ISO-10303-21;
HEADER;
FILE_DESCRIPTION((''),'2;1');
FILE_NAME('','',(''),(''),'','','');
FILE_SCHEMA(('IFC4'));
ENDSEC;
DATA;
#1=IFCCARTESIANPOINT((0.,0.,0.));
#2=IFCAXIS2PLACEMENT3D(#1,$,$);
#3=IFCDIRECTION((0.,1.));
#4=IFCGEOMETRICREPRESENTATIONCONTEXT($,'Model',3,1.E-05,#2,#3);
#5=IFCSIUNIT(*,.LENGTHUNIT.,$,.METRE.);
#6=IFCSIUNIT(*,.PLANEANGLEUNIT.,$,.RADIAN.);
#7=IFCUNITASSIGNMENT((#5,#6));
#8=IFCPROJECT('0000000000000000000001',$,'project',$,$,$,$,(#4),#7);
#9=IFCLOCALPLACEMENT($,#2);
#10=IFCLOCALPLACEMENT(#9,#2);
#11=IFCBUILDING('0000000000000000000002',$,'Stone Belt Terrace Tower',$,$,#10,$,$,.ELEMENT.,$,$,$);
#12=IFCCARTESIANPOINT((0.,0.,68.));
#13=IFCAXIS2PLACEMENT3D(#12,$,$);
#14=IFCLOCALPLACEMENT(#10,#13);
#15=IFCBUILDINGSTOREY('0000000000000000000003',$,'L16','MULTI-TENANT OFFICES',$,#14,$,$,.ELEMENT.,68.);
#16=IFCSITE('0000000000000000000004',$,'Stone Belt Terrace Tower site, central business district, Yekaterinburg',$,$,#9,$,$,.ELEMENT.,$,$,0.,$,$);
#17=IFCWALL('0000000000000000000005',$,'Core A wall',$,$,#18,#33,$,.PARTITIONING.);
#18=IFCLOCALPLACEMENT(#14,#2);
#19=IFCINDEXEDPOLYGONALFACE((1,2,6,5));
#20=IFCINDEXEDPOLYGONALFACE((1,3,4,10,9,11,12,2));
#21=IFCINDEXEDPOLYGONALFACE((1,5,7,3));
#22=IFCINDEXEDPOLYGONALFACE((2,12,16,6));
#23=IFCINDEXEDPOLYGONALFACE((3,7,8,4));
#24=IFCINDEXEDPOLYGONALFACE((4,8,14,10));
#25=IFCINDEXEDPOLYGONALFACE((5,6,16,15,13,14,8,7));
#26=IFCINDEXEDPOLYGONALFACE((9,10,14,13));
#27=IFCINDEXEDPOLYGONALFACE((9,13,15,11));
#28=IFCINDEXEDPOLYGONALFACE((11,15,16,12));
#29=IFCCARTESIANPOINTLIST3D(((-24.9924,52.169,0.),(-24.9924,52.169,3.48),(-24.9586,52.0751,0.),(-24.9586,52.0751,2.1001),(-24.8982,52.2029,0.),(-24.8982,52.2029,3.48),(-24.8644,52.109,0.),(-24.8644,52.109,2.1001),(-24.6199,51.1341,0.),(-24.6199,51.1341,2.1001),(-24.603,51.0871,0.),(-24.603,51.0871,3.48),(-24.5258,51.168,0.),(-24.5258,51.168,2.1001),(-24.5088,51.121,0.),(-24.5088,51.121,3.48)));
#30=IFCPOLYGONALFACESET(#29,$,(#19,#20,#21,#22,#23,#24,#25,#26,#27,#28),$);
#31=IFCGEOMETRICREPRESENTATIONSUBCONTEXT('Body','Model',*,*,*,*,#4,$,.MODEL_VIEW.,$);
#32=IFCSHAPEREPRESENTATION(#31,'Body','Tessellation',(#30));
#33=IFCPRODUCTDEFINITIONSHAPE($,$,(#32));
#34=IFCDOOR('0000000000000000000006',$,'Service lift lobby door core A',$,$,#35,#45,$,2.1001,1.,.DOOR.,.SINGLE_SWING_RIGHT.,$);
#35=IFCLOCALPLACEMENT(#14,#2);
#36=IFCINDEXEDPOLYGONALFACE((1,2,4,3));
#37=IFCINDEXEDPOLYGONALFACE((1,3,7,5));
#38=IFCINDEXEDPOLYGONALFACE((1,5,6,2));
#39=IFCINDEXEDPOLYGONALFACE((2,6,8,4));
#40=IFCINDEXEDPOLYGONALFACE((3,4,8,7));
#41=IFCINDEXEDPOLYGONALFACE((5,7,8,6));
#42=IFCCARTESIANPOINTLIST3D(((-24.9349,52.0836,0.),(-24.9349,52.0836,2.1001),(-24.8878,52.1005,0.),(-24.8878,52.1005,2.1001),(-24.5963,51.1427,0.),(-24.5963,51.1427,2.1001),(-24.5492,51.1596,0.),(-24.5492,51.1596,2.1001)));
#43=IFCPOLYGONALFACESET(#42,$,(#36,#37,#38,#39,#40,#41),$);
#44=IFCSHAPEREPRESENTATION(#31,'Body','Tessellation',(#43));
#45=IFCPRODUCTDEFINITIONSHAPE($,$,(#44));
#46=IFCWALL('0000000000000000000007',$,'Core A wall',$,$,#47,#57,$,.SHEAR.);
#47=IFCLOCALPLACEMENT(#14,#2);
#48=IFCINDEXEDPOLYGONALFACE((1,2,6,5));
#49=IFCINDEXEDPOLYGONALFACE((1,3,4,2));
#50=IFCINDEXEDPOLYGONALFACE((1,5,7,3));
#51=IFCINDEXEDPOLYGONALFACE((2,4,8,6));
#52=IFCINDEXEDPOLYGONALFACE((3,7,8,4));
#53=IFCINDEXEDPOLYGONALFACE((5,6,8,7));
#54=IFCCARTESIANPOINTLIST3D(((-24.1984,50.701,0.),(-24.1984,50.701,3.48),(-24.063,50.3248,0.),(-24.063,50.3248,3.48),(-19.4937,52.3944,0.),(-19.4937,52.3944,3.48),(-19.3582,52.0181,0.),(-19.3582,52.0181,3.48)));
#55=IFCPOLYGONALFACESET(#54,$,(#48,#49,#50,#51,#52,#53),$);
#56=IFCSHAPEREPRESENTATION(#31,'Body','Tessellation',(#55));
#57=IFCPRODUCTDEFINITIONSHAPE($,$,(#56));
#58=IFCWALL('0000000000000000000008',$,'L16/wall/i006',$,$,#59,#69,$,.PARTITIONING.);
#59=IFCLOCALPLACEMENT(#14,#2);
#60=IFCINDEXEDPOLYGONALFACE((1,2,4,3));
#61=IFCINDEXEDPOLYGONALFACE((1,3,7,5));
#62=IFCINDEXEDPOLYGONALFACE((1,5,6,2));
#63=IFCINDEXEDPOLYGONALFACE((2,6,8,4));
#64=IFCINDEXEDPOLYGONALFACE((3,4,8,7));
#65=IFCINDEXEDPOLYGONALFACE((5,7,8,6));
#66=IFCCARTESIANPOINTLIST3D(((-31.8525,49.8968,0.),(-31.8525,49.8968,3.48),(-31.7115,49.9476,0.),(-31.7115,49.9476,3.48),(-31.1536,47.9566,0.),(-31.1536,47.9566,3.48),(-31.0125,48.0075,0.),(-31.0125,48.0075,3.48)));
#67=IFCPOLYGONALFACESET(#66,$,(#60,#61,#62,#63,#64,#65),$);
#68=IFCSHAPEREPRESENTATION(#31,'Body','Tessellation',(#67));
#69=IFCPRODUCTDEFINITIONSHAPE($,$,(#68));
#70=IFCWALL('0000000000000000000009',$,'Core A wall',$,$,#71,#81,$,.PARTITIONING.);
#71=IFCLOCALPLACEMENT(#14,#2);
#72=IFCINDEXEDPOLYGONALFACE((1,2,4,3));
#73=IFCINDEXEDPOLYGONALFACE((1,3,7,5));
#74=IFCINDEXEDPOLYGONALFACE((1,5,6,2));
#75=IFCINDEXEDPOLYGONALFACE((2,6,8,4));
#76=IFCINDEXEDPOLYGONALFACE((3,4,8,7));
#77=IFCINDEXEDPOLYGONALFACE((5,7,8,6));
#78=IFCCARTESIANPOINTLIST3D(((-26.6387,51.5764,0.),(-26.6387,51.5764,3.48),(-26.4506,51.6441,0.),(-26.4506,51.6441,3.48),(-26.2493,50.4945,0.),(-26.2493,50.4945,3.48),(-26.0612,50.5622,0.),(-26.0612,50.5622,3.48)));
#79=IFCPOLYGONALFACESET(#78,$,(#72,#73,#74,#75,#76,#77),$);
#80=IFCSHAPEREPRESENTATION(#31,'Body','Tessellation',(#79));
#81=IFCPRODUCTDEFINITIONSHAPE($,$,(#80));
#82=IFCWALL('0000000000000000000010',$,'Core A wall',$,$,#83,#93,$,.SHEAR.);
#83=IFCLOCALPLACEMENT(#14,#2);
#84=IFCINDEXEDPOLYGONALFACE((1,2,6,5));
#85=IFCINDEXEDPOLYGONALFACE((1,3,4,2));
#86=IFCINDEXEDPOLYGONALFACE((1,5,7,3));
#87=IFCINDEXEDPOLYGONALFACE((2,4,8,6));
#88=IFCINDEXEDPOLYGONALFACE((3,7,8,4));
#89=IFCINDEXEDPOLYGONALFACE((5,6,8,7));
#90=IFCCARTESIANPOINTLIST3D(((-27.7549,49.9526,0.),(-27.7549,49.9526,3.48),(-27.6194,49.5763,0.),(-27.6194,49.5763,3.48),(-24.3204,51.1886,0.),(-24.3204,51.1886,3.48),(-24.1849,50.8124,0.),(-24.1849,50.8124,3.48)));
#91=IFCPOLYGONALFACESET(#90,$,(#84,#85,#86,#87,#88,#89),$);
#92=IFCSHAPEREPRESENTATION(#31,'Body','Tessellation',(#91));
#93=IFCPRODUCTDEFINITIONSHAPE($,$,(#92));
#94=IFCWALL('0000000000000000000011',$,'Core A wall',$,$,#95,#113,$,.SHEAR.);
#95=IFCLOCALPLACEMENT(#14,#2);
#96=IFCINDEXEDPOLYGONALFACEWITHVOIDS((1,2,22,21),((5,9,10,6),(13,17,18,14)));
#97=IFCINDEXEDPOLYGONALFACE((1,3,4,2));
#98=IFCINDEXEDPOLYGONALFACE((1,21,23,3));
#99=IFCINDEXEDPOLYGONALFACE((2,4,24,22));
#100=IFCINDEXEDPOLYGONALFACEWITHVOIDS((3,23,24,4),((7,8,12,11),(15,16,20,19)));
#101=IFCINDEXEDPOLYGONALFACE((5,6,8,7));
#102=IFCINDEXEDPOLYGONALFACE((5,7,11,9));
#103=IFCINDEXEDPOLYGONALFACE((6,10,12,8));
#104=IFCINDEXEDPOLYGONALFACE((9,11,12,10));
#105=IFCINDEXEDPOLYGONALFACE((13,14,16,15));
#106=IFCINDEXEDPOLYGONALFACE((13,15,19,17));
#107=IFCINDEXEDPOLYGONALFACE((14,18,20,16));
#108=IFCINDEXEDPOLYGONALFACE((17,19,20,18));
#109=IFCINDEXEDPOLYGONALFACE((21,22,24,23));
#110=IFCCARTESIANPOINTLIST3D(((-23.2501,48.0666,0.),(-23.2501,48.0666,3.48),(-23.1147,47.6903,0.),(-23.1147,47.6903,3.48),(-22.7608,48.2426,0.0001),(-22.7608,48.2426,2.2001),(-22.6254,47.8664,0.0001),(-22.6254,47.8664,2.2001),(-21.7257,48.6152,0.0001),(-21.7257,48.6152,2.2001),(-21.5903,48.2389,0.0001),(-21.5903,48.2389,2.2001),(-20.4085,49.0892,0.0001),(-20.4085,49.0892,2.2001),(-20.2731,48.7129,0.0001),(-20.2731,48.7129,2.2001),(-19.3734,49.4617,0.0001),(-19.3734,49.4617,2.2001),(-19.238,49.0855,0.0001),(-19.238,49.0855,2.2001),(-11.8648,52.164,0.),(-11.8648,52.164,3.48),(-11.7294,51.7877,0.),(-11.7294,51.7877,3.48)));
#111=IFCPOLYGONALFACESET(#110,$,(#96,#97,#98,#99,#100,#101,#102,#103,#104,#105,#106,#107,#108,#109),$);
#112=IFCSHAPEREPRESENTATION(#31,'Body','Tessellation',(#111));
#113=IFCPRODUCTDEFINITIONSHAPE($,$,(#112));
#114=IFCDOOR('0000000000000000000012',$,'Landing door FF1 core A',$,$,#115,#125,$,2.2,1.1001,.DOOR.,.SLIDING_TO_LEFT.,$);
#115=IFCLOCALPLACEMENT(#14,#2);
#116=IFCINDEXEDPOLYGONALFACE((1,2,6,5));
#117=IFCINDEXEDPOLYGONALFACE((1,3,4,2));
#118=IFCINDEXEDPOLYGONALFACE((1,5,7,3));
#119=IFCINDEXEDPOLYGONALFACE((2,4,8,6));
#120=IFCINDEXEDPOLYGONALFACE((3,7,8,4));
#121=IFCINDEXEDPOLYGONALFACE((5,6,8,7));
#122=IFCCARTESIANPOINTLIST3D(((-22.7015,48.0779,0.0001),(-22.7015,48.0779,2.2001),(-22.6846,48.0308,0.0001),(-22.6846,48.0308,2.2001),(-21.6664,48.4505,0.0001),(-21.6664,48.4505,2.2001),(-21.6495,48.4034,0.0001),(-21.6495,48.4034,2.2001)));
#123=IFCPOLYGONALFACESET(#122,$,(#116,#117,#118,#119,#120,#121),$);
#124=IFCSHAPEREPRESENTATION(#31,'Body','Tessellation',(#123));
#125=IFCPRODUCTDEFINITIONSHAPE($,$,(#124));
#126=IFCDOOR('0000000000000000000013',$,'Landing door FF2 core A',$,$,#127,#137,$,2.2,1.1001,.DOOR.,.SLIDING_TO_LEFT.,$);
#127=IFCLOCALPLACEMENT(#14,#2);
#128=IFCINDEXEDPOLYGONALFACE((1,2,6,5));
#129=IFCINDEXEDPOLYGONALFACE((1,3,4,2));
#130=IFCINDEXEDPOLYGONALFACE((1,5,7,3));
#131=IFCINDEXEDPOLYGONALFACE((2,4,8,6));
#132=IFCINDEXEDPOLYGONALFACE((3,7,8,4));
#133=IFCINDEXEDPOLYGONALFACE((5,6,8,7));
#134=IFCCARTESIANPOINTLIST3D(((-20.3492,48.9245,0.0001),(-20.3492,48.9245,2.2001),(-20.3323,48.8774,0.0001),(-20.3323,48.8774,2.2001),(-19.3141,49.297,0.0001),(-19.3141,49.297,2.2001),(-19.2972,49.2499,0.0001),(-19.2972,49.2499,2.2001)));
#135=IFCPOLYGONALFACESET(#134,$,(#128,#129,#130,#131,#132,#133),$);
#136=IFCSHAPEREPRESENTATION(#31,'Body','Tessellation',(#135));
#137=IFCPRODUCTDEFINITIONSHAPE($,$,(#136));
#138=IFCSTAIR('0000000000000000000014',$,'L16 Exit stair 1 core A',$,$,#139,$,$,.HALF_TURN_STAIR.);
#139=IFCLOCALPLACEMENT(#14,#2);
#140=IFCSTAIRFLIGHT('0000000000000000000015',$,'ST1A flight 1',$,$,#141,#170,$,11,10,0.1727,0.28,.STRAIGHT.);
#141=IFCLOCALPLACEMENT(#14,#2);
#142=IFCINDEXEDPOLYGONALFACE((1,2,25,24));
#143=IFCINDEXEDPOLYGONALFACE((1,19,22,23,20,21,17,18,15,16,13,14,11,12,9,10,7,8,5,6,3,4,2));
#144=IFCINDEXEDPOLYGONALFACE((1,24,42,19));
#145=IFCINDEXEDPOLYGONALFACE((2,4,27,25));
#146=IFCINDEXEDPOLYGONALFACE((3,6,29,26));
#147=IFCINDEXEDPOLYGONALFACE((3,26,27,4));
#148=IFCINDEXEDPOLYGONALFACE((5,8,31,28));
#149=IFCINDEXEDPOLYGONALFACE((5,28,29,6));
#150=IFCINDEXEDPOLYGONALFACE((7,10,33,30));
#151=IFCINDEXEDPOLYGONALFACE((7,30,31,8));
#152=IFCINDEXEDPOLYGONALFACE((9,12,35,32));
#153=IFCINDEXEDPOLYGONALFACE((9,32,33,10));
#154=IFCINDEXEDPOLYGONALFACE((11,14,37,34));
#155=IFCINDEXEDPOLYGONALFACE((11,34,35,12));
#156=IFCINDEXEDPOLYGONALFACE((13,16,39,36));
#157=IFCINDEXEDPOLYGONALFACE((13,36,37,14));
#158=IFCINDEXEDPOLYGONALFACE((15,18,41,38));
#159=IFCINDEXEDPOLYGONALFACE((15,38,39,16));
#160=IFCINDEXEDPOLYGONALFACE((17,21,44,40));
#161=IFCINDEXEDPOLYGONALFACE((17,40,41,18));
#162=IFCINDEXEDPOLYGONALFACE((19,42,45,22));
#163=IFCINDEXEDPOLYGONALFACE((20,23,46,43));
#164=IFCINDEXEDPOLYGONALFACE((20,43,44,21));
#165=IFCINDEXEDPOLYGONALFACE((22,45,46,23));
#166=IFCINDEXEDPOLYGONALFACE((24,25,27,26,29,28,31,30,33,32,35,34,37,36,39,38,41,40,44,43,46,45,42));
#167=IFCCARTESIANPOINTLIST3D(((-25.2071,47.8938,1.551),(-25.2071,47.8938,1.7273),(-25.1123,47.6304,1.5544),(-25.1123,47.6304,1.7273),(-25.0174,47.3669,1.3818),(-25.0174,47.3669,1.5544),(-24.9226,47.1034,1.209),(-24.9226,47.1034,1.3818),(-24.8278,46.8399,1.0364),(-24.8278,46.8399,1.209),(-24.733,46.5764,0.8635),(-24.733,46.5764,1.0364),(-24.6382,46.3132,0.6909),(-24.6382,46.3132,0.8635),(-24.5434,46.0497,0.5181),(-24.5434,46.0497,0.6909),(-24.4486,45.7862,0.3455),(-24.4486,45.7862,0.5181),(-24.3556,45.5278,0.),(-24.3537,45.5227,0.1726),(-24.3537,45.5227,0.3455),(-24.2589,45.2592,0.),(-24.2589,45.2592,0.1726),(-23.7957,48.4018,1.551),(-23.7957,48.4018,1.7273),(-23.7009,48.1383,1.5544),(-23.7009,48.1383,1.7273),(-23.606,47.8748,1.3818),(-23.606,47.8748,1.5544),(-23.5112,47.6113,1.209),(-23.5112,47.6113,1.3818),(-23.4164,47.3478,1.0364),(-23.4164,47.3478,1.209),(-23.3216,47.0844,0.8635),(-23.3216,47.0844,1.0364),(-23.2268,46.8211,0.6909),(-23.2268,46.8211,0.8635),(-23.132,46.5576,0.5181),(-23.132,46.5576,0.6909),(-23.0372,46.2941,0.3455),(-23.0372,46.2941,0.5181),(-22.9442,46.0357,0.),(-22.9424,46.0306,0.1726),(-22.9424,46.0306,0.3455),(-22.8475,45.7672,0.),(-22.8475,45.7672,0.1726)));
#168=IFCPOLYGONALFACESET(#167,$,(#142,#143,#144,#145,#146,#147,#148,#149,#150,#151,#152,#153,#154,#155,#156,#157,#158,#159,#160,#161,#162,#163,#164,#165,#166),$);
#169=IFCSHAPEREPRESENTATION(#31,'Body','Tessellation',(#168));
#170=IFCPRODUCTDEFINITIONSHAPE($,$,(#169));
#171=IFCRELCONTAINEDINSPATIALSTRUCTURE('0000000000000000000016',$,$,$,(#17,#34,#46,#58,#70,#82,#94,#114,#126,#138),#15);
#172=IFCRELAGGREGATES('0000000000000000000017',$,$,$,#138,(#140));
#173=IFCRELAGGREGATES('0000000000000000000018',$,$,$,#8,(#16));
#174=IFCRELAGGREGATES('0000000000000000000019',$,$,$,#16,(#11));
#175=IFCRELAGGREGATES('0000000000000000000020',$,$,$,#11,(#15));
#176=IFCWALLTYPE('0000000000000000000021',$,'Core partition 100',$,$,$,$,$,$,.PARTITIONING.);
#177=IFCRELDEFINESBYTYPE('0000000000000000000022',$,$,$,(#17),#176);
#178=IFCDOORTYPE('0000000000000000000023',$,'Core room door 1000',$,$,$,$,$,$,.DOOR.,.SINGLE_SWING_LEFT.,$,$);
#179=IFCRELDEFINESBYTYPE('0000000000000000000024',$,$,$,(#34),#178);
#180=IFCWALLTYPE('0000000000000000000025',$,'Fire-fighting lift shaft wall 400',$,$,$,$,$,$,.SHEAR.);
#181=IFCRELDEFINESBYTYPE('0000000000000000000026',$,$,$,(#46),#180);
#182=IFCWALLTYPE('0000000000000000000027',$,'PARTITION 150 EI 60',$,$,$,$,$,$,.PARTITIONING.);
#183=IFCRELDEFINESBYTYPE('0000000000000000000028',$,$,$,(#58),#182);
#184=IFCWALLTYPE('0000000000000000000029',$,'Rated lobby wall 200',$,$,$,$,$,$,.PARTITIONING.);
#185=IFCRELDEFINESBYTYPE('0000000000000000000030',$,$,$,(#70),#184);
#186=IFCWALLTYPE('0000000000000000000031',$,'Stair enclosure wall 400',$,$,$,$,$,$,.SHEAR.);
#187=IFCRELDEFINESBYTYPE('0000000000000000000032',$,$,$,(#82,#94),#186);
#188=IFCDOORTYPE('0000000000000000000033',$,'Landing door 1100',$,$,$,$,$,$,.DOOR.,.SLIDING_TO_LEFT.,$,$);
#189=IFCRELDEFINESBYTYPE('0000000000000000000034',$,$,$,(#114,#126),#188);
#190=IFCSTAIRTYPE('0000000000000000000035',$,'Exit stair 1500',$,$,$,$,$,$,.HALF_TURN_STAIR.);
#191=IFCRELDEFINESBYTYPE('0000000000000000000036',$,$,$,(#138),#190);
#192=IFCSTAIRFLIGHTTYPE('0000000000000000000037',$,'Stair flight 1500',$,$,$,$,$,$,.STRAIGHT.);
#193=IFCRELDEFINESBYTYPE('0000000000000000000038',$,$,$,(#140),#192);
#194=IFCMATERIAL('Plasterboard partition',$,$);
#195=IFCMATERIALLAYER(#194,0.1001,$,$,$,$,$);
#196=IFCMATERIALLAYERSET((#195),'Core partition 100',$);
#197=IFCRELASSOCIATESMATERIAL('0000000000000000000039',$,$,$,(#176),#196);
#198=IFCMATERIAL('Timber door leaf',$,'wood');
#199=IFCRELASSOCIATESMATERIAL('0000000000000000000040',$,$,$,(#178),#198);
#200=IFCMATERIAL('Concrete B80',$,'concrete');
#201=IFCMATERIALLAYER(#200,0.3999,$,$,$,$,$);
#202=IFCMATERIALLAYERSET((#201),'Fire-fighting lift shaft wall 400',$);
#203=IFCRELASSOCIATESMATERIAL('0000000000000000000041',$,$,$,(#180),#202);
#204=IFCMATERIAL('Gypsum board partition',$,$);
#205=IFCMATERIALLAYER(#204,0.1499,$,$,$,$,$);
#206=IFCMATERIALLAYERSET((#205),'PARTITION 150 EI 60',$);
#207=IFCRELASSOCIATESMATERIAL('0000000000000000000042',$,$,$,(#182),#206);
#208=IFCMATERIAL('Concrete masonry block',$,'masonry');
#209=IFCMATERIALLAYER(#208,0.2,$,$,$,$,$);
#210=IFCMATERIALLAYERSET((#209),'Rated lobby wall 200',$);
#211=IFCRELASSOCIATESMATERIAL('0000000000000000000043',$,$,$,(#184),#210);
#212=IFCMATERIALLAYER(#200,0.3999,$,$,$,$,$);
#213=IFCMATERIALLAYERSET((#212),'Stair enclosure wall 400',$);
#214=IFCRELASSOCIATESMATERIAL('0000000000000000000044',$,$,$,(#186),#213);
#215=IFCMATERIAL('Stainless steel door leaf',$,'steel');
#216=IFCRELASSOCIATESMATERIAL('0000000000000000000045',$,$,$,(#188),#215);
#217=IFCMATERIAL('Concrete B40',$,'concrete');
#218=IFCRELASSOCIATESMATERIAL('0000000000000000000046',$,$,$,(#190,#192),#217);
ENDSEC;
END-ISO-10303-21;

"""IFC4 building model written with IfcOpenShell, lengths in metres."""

from ifc_helpers import new_model, si_unit, direction, frame, frame_2d, origin, place, context, subcontext, project, spatial, polyline, rectangle, outline, extrude, material, layer, layer_set, type_object, element, fill, aggregate, save


model = new_model("IFC4")

# Units and contexts
model_context = context("Model", 3, precision=1e-05, world=origin(), true_north=direction((0.0, 1.0)))
body_context = subcontext(model_context, "Body", "Model", "MODEL_VIEW")
ifc_project = project(units=[si_unit("LENGTHUNIT", "METRE"), si_unit("PLANEANGLEUNIT", "RADIAN")], contexts=[model_context])

# Site, building, storey
site_placement = place(None, origin())
site = spatial("IfcSite", under=ifc_project, at=site_placement, Name="Stone Belt Terrace Tower site, central business district, Yekaterinburg", CompositionType="ELEMENT", RefElevation=0.0)
building_placement = place(site_placement, origin())
building = spatial("IfcBuilding", under=site, at=building_placement, Name="Stone Belt Terrace Tower", CompositionType="ELEMENT")
storey_placement = place(building_placement, frame((0.0, 0.0, 68.0)))
storey = spatial("IfcBuildingStorey", under=building, at=storey_placement, Name="L16", Description="MULTI-TENANT OFFICES", CompositionType="ELEMENT", Elevation=68.0)

# Wall, opening, door
ifc_material_1 = material(Name="Plasterboard partition")
ifc_layer_1 = layer(ifc_material_1, 0.1001)
ifc_layer_set_1 = layer_set([ifc_layer_1], Name="Core partition 100")
wall_type_1 = type_object("IfcWallType", Name="Core partition 100", PredefinedType="PARTITIONING", material=ifc_layer_set_1)
wall_1_placement = place(storey_placement, frame((-24.5559, 51.104, 0.0), z_axis=(0.0, 0.0, 1.0), x_axis=(-0.338622, 0.940923, 0.0)))
wall_1 = element("IfcWall", 1, at=wall_1_placement, inside=storey, type_object=wall_type_1, Name="Core A wall", PredefinedType="PARTITIONING", context=body_context, shape_type="SweptSolid", body=[
    extrude(rectangle(XDim=1.1499, YDim=0.1001, at=frame_2d((0.575, 0.0))), origin(), (0.0, 0.0, 1.0), 3.48),
])
opening_1_placement = place(wall_1_placement, frame((0.05, 0.0, 0.0)))
opening_1 = element("IfcOpeningElement", 2, at=opening_1_placement, cuts=wall_1, PredefinedType="OPENING", context=body_context, shape_type="SweptSolid", body=[
    extrude(rectangle(XDim=1.0, YDim=2.1001, at=frame_2d((0.5, 1.05))), frame((0.0, 0.0601, 0.0), z_axis=(0.0, -1.0, 0.0), x_axis=(1.0, 0.0, 0.0)), (0.0, 0.0, 1.0), 0.1201),
])
ifc_material_2 = material(Name="Timber door leaf", Category="wood")
door_type_1 = type_object("IfcDoorType", Name="Core room door 1000", OperationType="SINGLE_SWING_LEFT", PredefinedType="DOOR", material=ifc_material_2)
door_1_placement = place(opening_1_placement, origin())
door_1 = element("IfcDoor", 3, at=door_1_placement, inside=storey, type_object=door_type_1, Name="Service lift lobby door core A", OperationType="SINGLE_SWING_RIGHT", OverallHeight=2.1001, OverallWidth=1.0, PredefinedType="DOOR", context=body_context, shape_type="SweptSolid", body=[
    extrude(rectangle(XDim=1.0, YDim=2.1001, at=frame_2d((0.5, 1.05))), frame((0.0, 0.0249, 0.0), z_axis=(0.0, -1.0, 0.0), x_axis=(1.0, 0.0, 0.0)), (0.0, 0.0, 1.0), 0.05),
])
fill(opening_1, door_1)

# Walls
ifc_material_3 = material(Name="Concrete B80", Category="concrete")
ifc_layer_2 = layer(ifc_material_3, 0.3999)
ifc_layer_set_2 = layer_set([ifc_layer_2], Name="Fire-fighting lift shaft wall 400")
wall_type_2 = type_object("IfcWallType", Name="Fire-fighting lift shaft wall 400", PredefinedType="SHEAR", material=ifc_layer_set_2)
wall_2_placement = place(storey_placement, frame((-24.1306, 50.5129, 0.0), z_axis=(0.0, 0.0, 1.0), x_axis=(0.940912, 0.338652, 0.0)))
element("IfcWall", 4, at=wall_2_placement, inside=storey, type_object=wall_type_2, Name="Core A wall", PredefinedType="SHEAR", context=body_context, shape_type="SweptSolid", body=[
    extrude(rectangle(XDim=5.0002, YDim=0.3999, at=frame_2d((2.5, 0.0))), origin(), (0.0, 0.0, 1.0), 3.48),
])
ifc_material_4 = material(Name="Gypsum board partition")
ifc_layer_3 = layer(ifc_material_4, 0.1499)
ifc_layer_set_3 = layer_set([ifc_layer_3], Name="PARTITION 150 EI 60")
wall_type_3 = type_object("IfcWallType", Name="PARTITION 150 EI 60", PredefinedType="PARTITIONING", material=ifc_layer_set_3)
wall_3_placement = place(storey_placement, frame((-31.083, 47.9819, 0.0), z_axis=(0.0, 0.0, 1.0), x_axis=(-0.338937, 0.940809, 0.0)))
element("IfcWall", 5, at=wall_3_placement, inside=storey, type_object=wall_type_3, Name="L16/wall/i006", PredefinedType="PARTITIONING", context=body_context, shape_type="SweptSolid", body=[
    extrude(rectangle(XDim=2.0623, YDim=0.1499, at=frame_2d((1.0312, 0.0))), origin(), (0.0, 0.0, 1.0), 3.48),
])
ifc_material_5 = material(Name="Concrete masonry block", Category="masonry")
ifc_layer_4 = layer(ifc_material_5, 0.2)
ifc_layer_set_4 = layer_set([ifc_layer_4], Name="Rated lobby wall 200")
wall_type_4 = type_object("IfcWallType", Name="Rated lobby wall 200", PredefinedType="PARTITIONING", material=ifc_layer_set_4)
wall_4_placement = place(storey_placement, frame((-26.1553, 50.5283, 0.0), z_axis=(0.0, 0.0, 1.0), x_axis=(-0.338622, 0.940923, 0.0)))
element("IfcWall", 6, at=wall_4_placement, inside=storey, type_object=wall_type_4, Name="Core A wall", PredefinedType="PARTITIONING", context=body_context, shape_type="SweptSolid", body=[
    extrude(rectangle(XDim=1.1499, YDim=0.2, at=frame_2d((0.575, 0.0))), origin(), (0.0, 0.0, 1.0), 3.48),
])
ifc_layer_5 = layer(ifc_material_3, 0.3999)
ifc_layer_set_5 = layer_set([ifc_layer_5], Name="Stair enclosure wall 400")
wall_type_5 = type_object("IfcWallType", Name="Stair enclosure wall 400", PredefinedType="SHEAR", material=ifc_layer_set_5)
wall_5_placement = place(storey_placement, frame((-27.6873, 49.7644, 0.0), z_axis=(0.0, 0.0, 1.0), x_axis=(0.940919, 0.338632, 0.0)))
element("IfcWall", 7, at=wall_5_placement, inside=storey, type_object=wall_type_5, Name="Core A wall", PredefinedType="SHEAR", context=body_context, shape_type="SweptSolid", body=[
    extrude(rectangle(XDim=3.6501, YDim=0.3999, at=frame_2d((1.8252, 0.0))), origin(), (0.0, 0.0, 1.0), 3.48),
])

# Wall, openings, doors
wall_6_placement = place(storey_placement, frame((-23.1824, 47.8784, 0.0), z_axis=(0.0, 0.0, 1.0), x_axis=(0.940921, 0.338626, 0.0)))
wall_6 = element("IfcWall", 8, at=wall_6_placement, inside=storey, type_object=wall_type_5, Name="Core A wall", PredefinedType="SHEAR", context=body_context, shape_type="SweptSolid", body=[
    extrude(rectangle(XDim=12.1001, YDim=0.3999, at=frame_2d((6.05, 0.0))), origin(), (0.0, 0.0, 1.0), 3.48),
])
opening_2_placement = place(wall_6_placement, frame((0.52, 0.0, 0.0)))
opening_2 = element("IfcOpeningElement", 9, at=opening_2_placement, cuts=wall_6, PredefinedType="OPENING", context=body_context, shape_type="SweptSolid", body=[
    extrude(rectangle(XDim=1.1001, YDim=2.2, at=frame_2d((0.55, 1.1001))), frame((0.0, 0.21, 0.0), z_axis=(0.0, -1.0, 0.0), x_axis=(1.0, 0.0, 0.0)), (0.0, 0.0, 1.0), 0.4199),
])
opening_3_placement = place(wall_6_placement, frame((3.02, 0.0, 0.0)))
opening_3 = element("IfcOpeningElement", 10, at=opening_3_placement, cuts=wall_6, PredefinedType="OPENING", context=body_context, shape_type="SweptSolid", body=[
    extrude(rectangle(XDim=1.1001, YDim=2.2, at=frame_2d((0.55, 1.1001))), frame((0.0, 0.21, 0.0), z_axis=(0.0, -1.0, 0.0), x_axis=(1.0, 0.0, 0.0)), (0.0, 0.0, 1.0), 0.4199),
])
ifc_material_6 = material(Name="Stainless steel door leaf", Category="steel")
door_type_2 = type_object("IfcDoorType", Name="Landing door 1100", OperationType="SLIDING_TO_LEFT", PredefinedType="DOOR", material=ifc_material_6)
door_2_placement = place(opening_2_placement, origin())
door_2 = element("IfcDoor", 11, at=door_2_placement, inside=storey, type_object=door_type_2, Name="Landing door FF1 core A", OperationType="SLIDING_TO_LEFT", OverallHeight=2.2, OverallWidth=1.1001, PredefinedType="DOOR", context=body_context, shape_type="SweptSolid", body=[
    extrude(rectangle(XDim=1.1001, YDim=2.2, at=frame_2d((0.55, 1.1001))), frame((0.0, 0.0249, 0.0), z_axis=(0.0, -1.0, 0.0), x_axis=(1.0, 0.0, 0.0)), (0.0, 0.0, 1.0), 0.05),
])
fill(opening_2, door_2)
door_3_placement = place(opening_3_placement, origin())
door_3 = element("IfcDoor", 12, at=door_3_placement, inside=storey, type_object=door_type_2, Name="Landing door FF2 core A", OperationType="SLIDING_TO_LEFT", OverallHeight=2.2, OverallWidth=1.1001, PredefinedType="DOOR", context=body_context, shape_type="SweptSolid", body=[
    extrude(rectangle(XDim=1.1001, YDim=2.2, at=frame_2d((0.55, 1.1001))), frame((0.0, 0.0249, 0.0), z_axis=(0.0, -1.0, 0.0), x_axis=(1.0, 0.0, 0.0)), (0.0, 0.0, 1.0), 0.05),
])
fill(opening_3, door_3)

# Stair, stair flight
ifc_material_7 = material(Name="Concrete B40", Category="concrete")
stair_type = type_object("IfcStairType", Name="Exit stair 1500", PredefinedType="HALF_TURN_STAIR", material=ifc_material_7)
stair_placement = place(storey_placement, origin())
stair = element("IfcStair", 13, at=stair_placement, inside=storey, type_object=stair_type, Name="L16 Exit stair 1 core A", PredefinedType="HALF_TURN_STAIR")
stair_flight_type = type_object("IfcStairFlightType", Name="Stair flight 1500", PredefinedType="STRAIGHT", material=ifc_material_7)
stair_flight_1_placement = place(storey_placement, frame((-23.5532, 45.5132, 0.0), z_axis=(0.0, 0.0, 1.0), x_axis=(-0.338624, 0.940922, 0.0)))
stair_flight_1 = element("IfcStairFlight", 14, at=stair_flight_1_placement, type_object=stair_flight_type, Name="ST1A flight 1", NumberOfRisers=11, NumberOfTreads=10, PredefinedType="STRAIGHT", RiserHeight=0.1727, TreadLength=0.28, context=body_context, shape_type="SweptSolid", body=[
    extrude(outline(polyline([(0.0, 0.0), (0.0, 0.1726), (0.28, 0.1726), (0.28, 0.3455), (0.5601, 0.3455), (0.5601, 0.5181), (0.8401, 0.5181), (0.8401, 0.6909), (1.1201, 0.6909), (1.1201, 0.8635), (1.3999, 0.8635), (1.3999, 1.0364), (1.6799, 1.0364), (1.6799, 1.209), (1.96, 1.209), (1.96, 1.3818), (2.24, 1.3818), (2.24, 1.5544), (2.52, 1.5544), (2.52, 1.7273), (2.8, 1.7273), (2.8, 1.8999), (2.8, 1.551), (0.2854, 0.0), (0.0, 0.0)])), frame((0.0, 0.75, 0.0), z_axis=(0.0, -1.0, 0.0), x_axis=(1.0, 0.0, 0.0)), (0.0, 0.0, 1.0), 1.5),
])
aggregate(stair, [stair_flight_1])

save(model, "model.ifc")
